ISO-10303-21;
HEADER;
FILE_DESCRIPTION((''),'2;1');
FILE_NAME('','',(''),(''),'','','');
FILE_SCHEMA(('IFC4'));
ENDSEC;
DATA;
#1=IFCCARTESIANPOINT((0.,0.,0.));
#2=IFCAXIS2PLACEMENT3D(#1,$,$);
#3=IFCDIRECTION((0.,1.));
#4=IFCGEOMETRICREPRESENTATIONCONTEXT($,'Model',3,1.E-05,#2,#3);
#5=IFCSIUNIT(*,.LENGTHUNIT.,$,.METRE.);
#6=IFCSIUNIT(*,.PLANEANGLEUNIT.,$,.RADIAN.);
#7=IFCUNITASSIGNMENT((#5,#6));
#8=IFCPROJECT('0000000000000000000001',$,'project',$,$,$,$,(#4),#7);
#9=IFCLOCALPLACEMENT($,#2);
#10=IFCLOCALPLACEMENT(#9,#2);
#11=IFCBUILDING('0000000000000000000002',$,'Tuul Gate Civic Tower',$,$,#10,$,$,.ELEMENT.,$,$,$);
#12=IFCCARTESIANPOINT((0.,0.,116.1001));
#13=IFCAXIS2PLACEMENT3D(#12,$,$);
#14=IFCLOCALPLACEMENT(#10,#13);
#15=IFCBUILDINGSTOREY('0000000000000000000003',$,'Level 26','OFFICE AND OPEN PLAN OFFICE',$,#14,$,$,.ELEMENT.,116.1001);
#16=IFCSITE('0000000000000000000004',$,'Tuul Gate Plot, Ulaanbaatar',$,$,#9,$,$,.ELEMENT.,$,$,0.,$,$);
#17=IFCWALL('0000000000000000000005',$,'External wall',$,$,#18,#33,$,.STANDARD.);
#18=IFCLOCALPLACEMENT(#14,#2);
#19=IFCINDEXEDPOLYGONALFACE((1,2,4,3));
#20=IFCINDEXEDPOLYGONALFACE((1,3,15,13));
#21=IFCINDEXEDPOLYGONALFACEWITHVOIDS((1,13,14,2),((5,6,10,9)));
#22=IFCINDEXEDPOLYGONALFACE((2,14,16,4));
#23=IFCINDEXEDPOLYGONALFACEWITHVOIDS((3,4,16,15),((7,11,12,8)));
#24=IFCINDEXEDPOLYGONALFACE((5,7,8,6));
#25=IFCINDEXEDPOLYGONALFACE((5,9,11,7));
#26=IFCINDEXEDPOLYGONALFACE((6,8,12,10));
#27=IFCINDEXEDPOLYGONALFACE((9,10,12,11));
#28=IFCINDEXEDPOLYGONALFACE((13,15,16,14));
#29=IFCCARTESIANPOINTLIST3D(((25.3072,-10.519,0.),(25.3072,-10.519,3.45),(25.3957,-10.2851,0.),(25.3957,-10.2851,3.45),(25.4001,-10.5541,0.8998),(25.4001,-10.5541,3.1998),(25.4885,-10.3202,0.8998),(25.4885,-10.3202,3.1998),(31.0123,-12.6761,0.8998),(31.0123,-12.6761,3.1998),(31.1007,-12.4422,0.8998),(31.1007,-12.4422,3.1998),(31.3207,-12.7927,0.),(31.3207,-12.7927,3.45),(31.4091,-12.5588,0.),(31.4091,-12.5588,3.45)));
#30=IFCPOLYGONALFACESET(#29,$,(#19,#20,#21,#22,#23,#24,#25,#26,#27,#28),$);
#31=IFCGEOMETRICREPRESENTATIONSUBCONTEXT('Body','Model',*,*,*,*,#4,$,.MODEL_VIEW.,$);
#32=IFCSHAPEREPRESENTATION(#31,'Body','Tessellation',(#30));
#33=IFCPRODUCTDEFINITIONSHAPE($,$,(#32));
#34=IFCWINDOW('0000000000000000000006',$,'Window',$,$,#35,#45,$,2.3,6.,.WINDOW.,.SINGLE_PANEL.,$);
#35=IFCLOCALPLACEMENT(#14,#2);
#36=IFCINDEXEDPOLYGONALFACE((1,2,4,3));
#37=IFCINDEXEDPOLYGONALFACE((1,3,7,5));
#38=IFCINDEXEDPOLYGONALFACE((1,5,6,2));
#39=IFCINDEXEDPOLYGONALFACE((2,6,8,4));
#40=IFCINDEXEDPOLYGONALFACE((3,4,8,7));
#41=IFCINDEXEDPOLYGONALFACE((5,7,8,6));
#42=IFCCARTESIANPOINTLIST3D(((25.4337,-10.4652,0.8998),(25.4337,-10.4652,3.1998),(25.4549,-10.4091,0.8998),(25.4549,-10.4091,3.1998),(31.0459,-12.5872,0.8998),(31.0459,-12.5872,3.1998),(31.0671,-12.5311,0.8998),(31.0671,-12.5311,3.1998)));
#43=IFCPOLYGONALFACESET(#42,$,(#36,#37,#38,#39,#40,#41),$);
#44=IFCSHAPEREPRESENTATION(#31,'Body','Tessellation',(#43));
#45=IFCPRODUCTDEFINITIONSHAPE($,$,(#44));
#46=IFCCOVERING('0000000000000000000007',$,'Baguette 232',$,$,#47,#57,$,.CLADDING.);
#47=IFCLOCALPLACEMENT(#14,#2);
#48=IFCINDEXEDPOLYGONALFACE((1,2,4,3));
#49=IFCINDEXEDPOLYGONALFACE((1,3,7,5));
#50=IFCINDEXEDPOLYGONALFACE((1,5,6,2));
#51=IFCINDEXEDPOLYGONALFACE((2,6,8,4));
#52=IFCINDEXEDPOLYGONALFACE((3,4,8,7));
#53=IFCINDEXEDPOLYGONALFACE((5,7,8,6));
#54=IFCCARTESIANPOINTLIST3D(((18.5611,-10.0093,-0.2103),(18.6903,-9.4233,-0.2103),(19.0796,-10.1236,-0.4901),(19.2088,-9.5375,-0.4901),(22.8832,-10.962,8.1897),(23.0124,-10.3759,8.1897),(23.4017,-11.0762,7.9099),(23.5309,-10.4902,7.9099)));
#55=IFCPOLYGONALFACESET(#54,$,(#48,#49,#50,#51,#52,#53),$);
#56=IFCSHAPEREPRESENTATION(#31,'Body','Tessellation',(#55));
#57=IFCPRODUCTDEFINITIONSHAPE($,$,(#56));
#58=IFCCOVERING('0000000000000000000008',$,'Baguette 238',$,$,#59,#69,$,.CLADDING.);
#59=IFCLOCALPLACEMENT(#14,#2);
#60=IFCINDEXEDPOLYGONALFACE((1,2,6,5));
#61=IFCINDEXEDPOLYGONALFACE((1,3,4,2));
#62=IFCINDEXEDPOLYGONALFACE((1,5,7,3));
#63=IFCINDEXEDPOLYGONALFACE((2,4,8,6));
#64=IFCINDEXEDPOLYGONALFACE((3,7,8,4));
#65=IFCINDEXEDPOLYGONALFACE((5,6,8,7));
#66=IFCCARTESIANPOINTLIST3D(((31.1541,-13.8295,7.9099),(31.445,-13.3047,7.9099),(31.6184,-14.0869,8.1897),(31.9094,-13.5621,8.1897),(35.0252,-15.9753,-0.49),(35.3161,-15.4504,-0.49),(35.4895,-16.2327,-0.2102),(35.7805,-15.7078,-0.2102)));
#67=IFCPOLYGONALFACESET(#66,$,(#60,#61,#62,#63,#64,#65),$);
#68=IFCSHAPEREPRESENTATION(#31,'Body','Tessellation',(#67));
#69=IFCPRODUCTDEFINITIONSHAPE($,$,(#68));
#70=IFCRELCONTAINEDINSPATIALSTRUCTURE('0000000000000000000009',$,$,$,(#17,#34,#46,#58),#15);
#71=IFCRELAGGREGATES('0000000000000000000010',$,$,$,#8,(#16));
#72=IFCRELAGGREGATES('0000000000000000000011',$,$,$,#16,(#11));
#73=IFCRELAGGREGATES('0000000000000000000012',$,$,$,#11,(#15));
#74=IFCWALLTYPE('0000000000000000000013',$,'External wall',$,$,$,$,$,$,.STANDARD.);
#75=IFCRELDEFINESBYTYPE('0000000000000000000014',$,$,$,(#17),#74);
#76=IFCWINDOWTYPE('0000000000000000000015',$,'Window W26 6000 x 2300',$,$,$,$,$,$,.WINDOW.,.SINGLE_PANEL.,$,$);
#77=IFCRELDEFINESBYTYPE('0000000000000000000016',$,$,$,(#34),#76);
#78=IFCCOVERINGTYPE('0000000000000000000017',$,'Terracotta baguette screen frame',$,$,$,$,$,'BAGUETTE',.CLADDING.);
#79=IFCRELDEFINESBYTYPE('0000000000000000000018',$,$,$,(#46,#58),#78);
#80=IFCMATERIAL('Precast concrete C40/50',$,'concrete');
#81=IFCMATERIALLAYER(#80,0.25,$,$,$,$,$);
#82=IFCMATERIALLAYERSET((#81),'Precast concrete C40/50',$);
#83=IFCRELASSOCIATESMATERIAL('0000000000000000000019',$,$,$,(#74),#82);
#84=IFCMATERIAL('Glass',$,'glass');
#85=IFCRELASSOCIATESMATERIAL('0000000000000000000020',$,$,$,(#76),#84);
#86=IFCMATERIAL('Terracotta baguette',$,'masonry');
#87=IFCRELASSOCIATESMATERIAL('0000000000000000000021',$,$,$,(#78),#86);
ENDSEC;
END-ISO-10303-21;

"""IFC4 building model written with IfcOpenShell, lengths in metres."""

from ifc_helpers import new_model, si_unit, direction, frame, frame_2d, origin, origin_2d, place, context, subcontext, project, spatial, rectangle, extrude, material, layer, layer_set, material_profile, profile_set, type_object, element, fill, save


model = new_model("IFC4")

# Units and contexts
model_context = context("Model", 3, precision=1e-05, world=origin(), true_north=direction((0.0, 1.0)))
body_context = subcontext(model_context, "Body", "Model", "MODEL_VIEW")
ifc_project = project(units=[si_unit("LENGTHUNIT", "METRE"), si_unit("PLANEANGLEUNIT", "RADIAN")], contexts=[model_context])

# Site, building, storey
site_placement = place(None, origin())
site = spatial("IfcSite", under=ifc_project, at=site_placement, Name="Tuul Gate Plot, Ulaanbaatar", CompositionType="ELEMENT", RefElevation=0.0)
building_placement = place(site_placement, origin())
building = spatial("IfcBuilding", under=site, at=building_placement, Name="Tuul Gate Civic Tower", CompositionType="ELEMENT")
storey_placement = place(building_placement, frame((0.0, 0.0, 116.1001)))
storey = spatial("IfcBuildingStorey", under=building, at=storey_placement, Name="Level 26", Description="OFFICE AND OPEN PLAN OFFICE", CompositionType="ELEMENT", Elevation=116.1001)

# Wall, opening, window
ifc_material_1 = material(Name="Precast concrete C40/50", Category="concrete")
ifc_layer_1 = layer(ifc_material_1, 0.25)
ifc_layer_set_1 = layer_set([ifc_layer_1], Name="Precast concrete C40/50")
wall_type_1 = type_object("IfcWallType", Name="External wall", PredefinedType="STANDARD", material=ifc_layer_set_1)
ifc_material_2 = material(Name="Glass", Category="glass")
window_type = type_object("IfcWindowType", Name="Window W26 6000 x 2300", PartitioningType="SINGLE_PANEL", PredefinedType="WINDOW", material=ifc_material_2)
wall_1_placement = place(storey_placement, frame((25.3516, -10.4021, 0.0), z_axis=(0.0, 0.0, 1.0), x_axis=(0.935372, -0.353665, 0.0)))
wall_1 = element("IfcWall", 1, at=wall_1_placement, inside=storey, type_object=wall_type_1, Name="External wall", PredefinedType="STANDARD", context=body_context, shape_type="SweptSolid", body=[
    extrude(rectangle(XDim=6.429, YDim=0.25, at=frame_2d((3.2144, 0.0))), origin(), (0.0, 0.0, 1.0), 3.45),
])
opening_1_placement = place(wall_1_placement, frame((0.0991, 0.0, 0.8999)))
opening_1 = element("IfcOpeningElement", 2, at=opening_1_placement, cuts=wall_1, PredefinedType="OPENING", context=body_context, shape_type="SweptSolid", body=[
    extrude(rectangle(XDim=6.0, YDim=2.3, at=frame_2d((3.0, 1.1499))), frame((0.0, 0.135, 0.0), z_axis=(0.0, -1.0, 0.0), x_axis=(1.0, 0.0, 0.0)), (0.0, 0.0, 1.0), 0.27),
])
window_1_placement = place(opening_1_placement, origin())
window_1 = element("IfcWindow", 3, at=window_1_placement, inside=storey, type_object=window_type, Name="Window", OverallHeight=2.3, OverallWidth=6.0, PartitioningType="SINGLE_PANEL", PredefinedType="WINDOW", context=body_context, shape_type="SweptSolid", body=[
    extrude(rectangle(XDim=6.0, YDim=2.3, at=frame_2d((3.0, 1.1499))), frame((0.0, 0.03, 0.0), z_axis=(0.0, -1.0, 0.0), x_axis=(1.0, 0.0, 0.0)), (0.0, 0.0, 1.0), 0.0601),
])
fill(opening_1, window_1)

# Coverings
ifc_material_3 = material(Name="Terracotta baguette", Category="masonry")
ifc_material_profile_1 = material_profile(ifc_material_3, rectangle(XDim=0.6001, YDim=0.6001, at=origin_2d()), Name="Terracotta baguette screen frame")
ifc_profile_set_1 = profile_set([ifc_material_profile_1], Name="Terracotta baguette")
covering_type = type_object("IfcCoveringType", Name="Terracotta baguette screen frame", ElementType="BAGUETTE", PredefinedType="CLADDING", material=ifc_profile_set_1)
for number, where, z_axis, x_axis, name in (
    (4, (23.207, -10.7261, 8.0498), (-0.455213, 0.100336, -0.884711), (-0.215248, -0.976559, 0.0), "Baguette 232"),
    (5, (31.5317, -13.6958, 8.0498), (0.407714, -0.225996, -0.8847), (0.484804, 0.874623, 0.0), "Baguette 238"),
):
    element("IfcCovering", number, at=place(storey_placement, frame(where, z_axis=z_axis, x_axis=x_axis)), inside=storey, type_object=covering_type, Name=name, PredefinedType="CLADDING", context=body_context, shape_type="SweptSolid", body=[
        extrude(rectangle(XDim=0.6001, YDim=0.6001, at=origin_2d()), origin(), (0.0, 0.0, 1.0), 9.4946),
    ])

save(model, "model.ifc")
